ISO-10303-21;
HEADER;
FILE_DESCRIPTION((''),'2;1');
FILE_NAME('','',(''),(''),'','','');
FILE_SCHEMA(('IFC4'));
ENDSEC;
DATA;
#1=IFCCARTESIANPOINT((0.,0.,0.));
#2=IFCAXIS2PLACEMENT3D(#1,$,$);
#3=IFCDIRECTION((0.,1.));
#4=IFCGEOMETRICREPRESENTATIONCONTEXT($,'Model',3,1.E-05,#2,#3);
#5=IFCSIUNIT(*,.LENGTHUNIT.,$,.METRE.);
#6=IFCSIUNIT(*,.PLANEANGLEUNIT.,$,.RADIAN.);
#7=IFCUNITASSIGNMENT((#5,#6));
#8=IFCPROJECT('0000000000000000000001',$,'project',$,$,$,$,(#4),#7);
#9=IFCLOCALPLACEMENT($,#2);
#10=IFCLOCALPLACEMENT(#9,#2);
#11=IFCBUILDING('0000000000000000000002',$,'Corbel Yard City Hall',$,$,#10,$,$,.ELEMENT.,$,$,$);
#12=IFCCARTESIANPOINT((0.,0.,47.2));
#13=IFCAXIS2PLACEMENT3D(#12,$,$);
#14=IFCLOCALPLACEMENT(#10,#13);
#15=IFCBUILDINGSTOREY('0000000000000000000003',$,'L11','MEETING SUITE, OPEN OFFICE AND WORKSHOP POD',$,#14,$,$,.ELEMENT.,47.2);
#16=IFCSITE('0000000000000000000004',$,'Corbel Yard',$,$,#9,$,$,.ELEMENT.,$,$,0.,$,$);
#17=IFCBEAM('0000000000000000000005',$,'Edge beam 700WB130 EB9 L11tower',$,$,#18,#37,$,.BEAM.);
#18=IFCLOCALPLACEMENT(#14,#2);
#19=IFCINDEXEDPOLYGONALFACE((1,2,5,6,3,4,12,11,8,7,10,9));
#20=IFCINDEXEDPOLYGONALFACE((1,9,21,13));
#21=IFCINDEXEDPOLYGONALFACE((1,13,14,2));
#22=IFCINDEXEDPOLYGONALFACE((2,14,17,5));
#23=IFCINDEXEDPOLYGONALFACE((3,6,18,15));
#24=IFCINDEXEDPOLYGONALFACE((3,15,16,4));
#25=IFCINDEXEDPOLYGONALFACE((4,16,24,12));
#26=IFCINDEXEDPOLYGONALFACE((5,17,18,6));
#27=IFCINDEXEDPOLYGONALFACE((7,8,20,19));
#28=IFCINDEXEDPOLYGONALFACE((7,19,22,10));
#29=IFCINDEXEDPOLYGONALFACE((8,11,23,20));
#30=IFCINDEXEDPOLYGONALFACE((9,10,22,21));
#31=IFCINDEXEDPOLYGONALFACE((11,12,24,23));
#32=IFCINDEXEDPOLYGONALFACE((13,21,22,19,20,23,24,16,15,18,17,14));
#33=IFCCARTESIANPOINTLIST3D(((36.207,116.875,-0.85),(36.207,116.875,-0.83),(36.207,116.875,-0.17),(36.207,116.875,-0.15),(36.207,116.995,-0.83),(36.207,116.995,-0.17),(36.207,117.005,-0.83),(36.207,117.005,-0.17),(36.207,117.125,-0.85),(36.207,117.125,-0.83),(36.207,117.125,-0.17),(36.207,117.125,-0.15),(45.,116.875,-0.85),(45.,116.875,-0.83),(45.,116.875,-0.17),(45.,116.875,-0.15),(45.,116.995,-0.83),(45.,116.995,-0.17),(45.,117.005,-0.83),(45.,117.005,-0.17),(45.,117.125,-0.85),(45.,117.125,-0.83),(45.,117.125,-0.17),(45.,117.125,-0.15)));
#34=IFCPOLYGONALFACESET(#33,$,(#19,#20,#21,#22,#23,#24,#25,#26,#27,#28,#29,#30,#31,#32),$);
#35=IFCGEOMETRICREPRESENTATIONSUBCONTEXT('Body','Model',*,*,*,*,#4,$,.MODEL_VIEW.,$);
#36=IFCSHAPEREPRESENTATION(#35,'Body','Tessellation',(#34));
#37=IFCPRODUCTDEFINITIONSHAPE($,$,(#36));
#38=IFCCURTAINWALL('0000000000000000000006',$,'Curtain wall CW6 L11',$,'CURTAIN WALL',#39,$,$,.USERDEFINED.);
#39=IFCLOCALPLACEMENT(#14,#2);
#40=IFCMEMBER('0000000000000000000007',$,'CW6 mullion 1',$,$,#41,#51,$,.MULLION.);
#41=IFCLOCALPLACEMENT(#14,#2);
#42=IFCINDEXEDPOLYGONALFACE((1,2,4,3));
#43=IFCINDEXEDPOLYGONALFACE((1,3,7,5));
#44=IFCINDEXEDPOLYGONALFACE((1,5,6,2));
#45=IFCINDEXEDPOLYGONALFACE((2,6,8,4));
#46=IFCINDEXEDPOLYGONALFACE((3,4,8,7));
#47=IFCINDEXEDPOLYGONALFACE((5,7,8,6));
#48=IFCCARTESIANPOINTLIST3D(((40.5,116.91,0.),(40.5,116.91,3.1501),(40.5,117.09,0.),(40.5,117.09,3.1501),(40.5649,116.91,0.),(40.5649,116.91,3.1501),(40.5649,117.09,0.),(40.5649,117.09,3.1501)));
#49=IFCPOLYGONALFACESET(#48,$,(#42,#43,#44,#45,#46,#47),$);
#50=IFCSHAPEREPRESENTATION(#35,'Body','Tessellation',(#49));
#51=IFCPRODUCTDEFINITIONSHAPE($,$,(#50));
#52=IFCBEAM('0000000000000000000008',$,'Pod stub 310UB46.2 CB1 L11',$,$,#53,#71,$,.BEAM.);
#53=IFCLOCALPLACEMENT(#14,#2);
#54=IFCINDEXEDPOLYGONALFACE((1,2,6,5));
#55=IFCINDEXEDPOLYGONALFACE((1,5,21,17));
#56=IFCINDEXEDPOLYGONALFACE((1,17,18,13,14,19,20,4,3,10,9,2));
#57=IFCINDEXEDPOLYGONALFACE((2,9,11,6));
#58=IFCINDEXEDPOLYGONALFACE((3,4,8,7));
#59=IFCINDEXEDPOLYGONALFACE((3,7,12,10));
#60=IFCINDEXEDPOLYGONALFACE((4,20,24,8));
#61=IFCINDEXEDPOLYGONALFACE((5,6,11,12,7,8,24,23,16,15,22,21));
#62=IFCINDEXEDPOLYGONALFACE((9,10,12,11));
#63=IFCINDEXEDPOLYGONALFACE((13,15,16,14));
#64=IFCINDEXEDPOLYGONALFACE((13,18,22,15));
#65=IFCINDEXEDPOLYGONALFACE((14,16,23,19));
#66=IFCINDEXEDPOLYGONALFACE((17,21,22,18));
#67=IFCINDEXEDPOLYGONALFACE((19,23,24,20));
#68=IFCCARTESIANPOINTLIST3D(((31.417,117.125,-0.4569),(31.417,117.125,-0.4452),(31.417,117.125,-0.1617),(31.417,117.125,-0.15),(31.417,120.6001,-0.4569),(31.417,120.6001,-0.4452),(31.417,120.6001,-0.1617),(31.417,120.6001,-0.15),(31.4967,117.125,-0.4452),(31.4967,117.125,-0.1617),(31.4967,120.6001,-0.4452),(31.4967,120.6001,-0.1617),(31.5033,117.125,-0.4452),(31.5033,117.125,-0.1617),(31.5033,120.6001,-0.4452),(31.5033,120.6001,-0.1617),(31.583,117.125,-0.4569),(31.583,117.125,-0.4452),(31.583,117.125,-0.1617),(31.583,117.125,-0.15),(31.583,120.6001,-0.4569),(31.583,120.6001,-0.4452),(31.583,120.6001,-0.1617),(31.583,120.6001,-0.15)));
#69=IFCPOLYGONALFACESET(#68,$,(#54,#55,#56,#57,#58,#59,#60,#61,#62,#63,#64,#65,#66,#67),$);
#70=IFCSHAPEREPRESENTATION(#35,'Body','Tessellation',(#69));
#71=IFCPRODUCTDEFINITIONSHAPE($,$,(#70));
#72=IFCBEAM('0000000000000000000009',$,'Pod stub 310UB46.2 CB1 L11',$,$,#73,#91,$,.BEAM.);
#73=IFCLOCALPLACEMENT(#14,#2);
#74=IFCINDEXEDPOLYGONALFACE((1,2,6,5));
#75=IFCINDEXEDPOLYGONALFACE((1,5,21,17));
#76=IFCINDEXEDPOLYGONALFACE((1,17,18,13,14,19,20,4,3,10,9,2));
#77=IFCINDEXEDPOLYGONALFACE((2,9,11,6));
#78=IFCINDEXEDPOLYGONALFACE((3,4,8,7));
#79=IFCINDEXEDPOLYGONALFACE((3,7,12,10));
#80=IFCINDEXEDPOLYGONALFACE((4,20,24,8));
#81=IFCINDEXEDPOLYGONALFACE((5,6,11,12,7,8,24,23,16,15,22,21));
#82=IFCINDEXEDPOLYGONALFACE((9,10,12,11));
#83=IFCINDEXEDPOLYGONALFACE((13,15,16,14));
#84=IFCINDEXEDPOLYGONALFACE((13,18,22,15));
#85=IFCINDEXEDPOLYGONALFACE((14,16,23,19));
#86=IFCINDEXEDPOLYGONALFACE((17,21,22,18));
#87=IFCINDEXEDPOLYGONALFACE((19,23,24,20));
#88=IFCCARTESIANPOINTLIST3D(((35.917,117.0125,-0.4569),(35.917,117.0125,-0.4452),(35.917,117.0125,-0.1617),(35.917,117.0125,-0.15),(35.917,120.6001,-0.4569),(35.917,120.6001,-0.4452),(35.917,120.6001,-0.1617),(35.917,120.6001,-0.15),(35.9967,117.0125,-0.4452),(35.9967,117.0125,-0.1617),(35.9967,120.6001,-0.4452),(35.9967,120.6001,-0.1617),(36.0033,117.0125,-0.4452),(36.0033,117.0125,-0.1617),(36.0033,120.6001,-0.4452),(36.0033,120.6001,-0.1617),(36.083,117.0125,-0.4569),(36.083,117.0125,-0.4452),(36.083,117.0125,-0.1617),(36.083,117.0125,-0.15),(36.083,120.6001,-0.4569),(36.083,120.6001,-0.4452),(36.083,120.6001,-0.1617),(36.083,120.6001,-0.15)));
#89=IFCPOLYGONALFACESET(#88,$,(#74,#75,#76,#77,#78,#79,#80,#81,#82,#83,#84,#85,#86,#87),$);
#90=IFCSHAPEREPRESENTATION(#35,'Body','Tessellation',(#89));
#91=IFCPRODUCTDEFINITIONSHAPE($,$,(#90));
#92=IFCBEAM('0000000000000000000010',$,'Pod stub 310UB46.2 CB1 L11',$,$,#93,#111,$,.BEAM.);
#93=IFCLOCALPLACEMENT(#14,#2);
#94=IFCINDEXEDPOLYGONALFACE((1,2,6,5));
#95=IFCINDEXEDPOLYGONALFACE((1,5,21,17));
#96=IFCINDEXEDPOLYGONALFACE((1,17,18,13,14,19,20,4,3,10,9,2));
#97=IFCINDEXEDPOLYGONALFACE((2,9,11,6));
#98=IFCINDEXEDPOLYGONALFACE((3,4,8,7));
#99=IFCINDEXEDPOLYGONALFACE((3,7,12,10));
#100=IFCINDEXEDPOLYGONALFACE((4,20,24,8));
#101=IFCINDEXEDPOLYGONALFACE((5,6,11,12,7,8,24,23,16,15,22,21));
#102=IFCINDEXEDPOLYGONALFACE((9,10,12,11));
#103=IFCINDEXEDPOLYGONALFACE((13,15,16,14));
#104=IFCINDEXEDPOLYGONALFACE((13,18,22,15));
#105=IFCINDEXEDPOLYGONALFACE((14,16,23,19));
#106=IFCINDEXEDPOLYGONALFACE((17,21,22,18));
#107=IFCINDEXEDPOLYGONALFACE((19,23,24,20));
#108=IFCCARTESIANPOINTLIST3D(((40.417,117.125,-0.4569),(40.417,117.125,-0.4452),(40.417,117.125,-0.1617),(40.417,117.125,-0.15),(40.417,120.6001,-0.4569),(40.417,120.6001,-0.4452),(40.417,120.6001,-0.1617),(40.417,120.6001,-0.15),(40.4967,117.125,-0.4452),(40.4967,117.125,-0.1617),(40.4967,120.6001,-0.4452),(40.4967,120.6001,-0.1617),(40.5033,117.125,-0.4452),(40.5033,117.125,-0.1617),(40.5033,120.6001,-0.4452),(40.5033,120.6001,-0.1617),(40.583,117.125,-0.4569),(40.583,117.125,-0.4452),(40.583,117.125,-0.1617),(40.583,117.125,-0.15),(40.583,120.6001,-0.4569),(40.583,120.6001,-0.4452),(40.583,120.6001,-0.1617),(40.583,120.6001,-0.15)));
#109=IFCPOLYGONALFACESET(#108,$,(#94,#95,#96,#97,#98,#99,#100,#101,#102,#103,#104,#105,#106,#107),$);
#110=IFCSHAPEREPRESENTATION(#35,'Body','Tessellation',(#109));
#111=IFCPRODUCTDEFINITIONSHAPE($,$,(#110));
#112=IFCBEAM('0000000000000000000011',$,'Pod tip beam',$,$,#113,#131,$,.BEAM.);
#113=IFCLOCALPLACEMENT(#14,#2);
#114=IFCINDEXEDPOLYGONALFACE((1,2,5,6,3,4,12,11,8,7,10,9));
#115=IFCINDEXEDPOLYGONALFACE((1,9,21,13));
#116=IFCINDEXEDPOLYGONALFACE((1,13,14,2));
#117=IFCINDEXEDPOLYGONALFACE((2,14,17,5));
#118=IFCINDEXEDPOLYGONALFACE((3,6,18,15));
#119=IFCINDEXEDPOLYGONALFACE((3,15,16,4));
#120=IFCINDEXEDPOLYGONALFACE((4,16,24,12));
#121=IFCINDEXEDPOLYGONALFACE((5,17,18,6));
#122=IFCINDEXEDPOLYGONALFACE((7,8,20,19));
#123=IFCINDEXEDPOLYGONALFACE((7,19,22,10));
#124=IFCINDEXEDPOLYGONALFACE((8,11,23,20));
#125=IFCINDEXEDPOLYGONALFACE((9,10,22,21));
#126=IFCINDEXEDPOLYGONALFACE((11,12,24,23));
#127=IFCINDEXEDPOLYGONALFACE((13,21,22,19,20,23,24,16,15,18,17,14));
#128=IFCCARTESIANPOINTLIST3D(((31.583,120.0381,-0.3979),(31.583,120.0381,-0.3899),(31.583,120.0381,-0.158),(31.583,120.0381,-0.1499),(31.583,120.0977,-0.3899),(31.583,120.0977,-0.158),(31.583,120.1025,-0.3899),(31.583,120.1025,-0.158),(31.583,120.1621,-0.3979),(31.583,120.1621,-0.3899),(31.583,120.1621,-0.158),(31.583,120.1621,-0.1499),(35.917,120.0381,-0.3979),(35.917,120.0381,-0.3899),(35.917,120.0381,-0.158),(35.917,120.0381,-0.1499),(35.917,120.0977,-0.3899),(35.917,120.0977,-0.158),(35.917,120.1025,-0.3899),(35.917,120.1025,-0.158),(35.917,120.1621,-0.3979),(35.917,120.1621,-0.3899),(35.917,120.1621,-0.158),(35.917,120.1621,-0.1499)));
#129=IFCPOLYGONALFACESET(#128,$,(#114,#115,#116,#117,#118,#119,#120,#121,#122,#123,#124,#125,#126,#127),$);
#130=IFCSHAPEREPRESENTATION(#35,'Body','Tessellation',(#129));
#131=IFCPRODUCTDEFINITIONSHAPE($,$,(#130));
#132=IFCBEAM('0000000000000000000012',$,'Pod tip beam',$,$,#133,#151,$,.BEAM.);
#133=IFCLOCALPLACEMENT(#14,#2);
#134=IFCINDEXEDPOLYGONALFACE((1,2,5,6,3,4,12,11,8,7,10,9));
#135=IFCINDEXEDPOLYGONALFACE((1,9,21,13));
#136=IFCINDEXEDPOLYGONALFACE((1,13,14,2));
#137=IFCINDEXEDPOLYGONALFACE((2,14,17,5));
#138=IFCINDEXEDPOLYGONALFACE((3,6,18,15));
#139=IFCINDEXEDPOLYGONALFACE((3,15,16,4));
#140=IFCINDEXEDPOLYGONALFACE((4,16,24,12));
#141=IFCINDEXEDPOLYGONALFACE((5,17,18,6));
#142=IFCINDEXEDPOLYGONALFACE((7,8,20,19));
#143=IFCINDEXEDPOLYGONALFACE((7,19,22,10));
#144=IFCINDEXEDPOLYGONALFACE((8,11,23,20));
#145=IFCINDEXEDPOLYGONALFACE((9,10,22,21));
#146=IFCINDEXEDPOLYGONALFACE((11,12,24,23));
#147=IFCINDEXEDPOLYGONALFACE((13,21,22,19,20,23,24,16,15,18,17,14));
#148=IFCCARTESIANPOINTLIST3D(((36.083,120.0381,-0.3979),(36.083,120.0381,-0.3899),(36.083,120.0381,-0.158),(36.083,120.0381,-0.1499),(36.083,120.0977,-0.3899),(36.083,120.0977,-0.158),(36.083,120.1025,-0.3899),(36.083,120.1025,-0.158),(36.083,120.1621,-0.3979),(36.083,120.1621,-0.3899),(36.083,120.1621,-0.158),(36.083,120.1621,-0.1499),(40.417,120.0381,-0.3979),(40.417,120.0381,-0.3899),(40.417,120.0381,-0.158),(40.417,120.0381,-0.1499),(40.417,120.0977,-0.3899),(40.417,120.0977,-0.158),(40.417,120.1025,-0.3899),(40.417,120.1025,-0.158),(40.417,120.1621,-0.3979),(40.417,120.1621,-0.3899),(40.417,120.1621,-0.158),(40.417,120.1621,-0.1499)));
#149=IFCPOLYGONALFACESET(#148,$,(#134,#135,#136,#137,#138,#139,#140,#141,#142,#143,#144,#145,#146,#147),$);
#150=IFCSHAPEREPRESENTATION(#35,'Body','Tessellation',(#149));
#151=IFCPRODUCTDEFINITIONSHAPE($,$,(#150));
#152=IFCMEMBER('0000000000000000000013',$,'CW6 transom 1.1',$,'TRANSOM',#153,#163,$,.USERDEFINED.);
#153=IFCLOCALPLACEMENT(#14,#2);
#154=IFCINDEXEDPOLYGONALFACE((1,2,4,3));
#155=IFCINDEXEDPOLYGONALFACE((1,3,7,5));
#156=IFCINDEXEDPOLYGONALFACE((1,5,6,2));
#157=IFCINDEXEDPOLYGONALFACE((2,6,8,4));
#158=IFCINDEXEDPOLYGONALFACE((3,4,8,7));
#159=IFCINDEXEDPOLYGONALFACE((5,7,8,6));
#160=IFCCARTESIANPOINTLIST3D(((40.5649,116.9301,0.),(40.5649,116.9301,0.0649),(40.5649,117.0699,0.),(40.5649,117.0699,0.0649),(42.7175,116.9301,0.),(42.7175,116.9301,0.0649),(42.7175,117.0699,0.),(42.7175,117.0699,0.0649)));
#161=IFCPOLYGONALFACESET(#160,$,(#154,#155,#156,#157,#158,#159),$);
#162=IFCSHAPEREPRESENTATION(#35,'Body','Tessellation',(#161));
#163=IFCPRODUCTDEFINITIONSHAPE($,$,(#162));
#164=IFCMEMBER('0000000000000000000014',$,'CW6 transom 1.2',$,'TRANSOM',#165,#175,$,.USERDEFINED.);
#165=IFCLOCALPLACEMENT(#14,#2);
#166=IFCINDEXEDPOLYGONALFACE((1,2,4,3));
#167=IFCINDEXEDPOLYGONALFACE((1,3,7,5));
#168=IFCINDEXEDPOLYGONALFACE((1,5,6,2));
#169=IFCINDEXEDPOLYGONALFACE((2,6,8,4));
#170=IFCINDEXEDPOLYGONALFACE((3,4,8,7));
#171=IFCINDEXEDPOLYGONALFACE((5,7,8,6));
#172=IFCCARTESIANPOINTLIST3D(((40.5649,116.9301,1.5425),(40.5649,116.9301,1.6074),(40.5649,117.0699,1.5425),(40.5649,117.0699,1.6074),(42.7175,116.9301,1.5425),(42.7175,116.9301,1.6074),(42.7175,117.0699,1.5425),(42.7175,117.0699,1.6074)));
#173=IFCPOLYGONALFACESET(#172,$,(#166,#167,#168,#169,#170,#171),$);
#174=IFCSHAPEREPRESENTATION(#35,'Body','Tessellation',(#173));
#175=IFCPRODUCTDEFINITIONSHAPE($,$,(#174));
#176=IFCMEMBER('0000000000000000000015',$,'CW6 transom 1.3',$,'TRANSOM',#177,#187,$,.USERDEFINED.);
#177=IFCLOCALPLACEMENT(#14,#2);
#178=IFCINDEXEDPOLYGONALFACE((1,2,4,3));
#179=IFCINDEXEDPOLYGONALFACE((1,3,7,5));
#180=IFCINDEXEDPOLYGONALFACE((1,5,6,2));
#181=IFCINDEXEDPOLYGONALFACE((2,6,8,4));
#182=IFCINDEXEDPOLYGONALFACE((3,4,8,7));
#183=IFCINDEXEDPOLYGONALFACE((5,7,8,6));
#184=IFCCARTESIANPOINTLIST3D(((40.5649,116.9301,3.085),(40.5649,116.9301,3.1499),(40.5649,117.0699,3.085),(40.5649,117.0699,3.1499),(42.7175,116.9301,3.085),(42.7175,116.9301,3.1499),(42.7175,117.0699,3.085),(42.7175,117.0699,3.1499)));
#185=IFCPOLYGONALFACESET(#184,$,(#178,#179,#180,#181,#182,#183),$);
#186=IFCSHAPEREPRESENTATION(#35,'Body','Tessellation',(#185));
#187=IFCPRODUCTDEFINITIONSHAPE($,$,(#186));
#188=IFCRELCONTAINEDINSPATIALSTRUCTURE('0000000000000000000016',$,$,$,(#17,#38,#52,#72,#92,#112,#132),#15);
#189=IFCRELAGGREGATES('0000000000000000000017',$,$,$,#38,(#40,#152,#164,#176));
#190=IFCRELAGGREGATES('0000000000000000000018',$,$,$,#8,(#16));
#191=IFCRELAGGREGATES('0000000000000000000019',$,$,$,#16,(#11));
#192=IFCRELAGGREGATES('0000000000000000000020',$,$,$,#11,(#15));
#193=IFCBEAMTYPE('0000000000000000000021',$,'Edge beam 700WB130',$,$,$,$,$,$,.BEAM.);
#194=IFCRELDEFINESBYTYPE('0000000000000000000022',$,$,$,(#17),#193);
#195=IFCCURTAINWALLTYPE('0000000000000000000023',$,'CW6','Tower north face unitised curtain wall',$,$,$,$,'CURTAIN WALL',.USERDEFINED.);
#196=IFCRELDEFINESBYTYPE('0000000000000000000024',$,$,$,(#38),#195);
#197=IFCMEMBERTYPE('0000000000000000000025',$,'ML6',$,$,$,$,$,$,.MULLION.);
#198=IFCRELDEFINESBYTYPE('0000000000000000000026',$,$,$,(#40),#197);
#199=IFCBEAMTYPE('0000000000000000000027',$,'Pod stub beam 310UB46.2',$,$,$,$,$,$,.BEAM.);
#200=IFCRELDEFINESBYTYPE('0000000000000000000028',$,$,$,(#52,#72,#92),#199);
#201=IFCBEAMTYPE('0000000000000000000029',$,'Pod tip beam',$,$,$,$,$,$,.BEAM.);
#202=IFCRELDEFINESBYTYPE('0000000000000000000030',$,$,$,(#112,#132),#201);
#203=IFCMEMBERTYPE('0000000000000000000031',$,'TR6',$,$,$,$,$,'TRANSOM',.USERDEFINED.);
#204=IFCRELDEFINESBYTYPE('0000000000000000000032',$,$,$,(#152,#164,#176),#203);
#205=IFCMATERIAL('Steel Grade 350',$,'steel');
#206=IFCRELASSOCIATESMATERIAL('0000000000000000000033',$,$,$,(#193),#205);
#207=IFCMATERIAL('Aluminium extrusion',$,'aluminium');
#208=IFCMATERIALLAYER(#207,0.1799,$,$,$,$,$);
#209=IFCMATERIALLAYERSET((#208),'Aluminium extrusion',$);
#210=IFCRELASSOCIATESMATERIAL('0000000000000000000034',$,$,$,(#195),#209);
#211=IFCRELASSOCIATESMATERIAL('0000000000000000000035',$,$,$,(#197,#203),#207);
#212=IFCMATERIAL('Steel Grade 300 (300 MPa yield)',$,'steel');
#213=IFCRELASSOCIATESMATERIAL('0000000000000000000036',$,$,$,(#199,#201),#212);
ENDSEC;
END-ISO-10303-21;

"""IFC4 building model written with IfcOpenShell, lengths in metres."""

from ifc_helpers import new_model, si_unit, direction, frame, origin, origin_2d, place, context, subcontext, project, spatial, rectangle, i_section, extrude, material, layer, layer_set, material_profile, profile_set, type_object, element, aggregate, save


model = new_model("IFC4")

# Units and contexts
model_context = context("Model", 3, precision=1e-05, world=origin(), true_north=direction((0.0, 1.0)))
body_context = subcontext(model_context, "Body", "Model", "MODEL_VIEW")
ifc_project = project(units=[si_unit("LENGTHUNIT", "METRE"), si_unit("PLANEANGLEUNIT", "RADIAN")], contexts=[model_context])

# Site, building, storey
site_placement = place(None, origin())
site = spatial("IfcSite", under=ifc_project, at=site_placement, Name="Corbel Yard", CompositionType="ELEMENT", RefElevation=0.0)
building_placement = place(site_placement, origin())
building = spatial("IfcBuilding", under=site, at=building_placement, Name="Corbel Yard City Hall", CompositionType="ELEMENT")
storey_placement = place(building_placement, frame((0.0, 0.0, 47.2)))
storey = spatial("IfcBuildingStorey", under=building, at=storey_placement, Name="L11", Description="MEETING SUITE, OPEN OFFICE AND WORKSHOP POD", CompositionType="ELEMENT", Elevation=47.2)

# Beam
ifc_material_1 = material(Name="Steel Grade 350", Category="steel")
ifc_material_profile_1 = material_profile(ifc_material_1, i_section(OverallWidth=0.25, OverallDepth=0.7, WebThickness=0.01, FlangeThickness=0.02, at=origin_2d()), Name="700WB130")
ifc_profile_set_1 = profile_set([ifc_material_profile_1], Name="Steel Grade 350")
beam_type_1 = type_object("IfcBeamType", Name="Edge beam 700WB130", PredefinedType="BEAM", material=ifc_profile_set_1)
beam_1_placement = place(storey_placement, frame((36.207, 117.0, -0.5), z_axis=(1.0, 0.0, 0.0), x_axis=(0.0, 1.0, 0.0)))
element("IfcBeam", 1, at=beam_1_placement, inside=storey, type_object=beam_type_1, Name="Edge beam 700WB130 EB9 L11tower", PredefinedType="BEAM", context=body_context, shape_type="SweptSolid", body=[
    extrude(i_section(OverallWidth=0.25, OverallDepth=0.7, WebThickness=0.01, FlangeThickness=0.02, at=origin_2d()), origin(), (0.0, 0.0, 1.0), 8.793),
])

# Curtain wall, member
ifc_material_2 = material(Name="Aluminium extrusion", Category="aluminium")
ifc_layer_1 = layer(ifc_material_2, 0.1799)
ifc_layer_set_1 = layer_set([ifc_layer_1], Name="Aluminium extrusion")
curtain_wall_type = type_object("IfcCurtainWallType", Name="CW6", Description="Tower north face unitised curtain wall", ElementType="CURTAIN WALL", PredefinedType="USERDEFINED", material=ifc_layer_set_1)
curtain_wall_placement = place(storey_placement, origin())
curtain_wall = element("IfcCurtainWall", 2, at=curtain_wall_placement, inside=storey, type_object=curtain_wall_type, Name="Curtain wall CW6 L11", ObjectType="CURTAIN WALL", PredefinedType="USERDEFINED")
ifc_material_profile_2 = material_profile(ifc_material_2, rectangle(XDim=0.1799, YDim=0.0649, at=origin_2d()), Name="180x65")
ifc_profile_set_2 = profile_set([ifc_material_profile_2], Name="Aluminium extrusion")
member_type_1 = type_object("IfcMemberType", Name="ML6", PredefinedType="MULLION", material=ifc_profile_set_2)
member_1_placement = place(storey_placement, frame((40.5325, 117.0, 0.0), z_axis=(0.0, 0.0, 1.0), x_axis=(0.0, 1.0, 0.0)))
member_1 = element("IfcMember", 3, at=member_1_placement, type_object=member_type_1, Name="CW6 mullion 1", PredefinedType="MULLION", context=body_context, shape_type="SweptSolid", body=[
    extrude(rectangle(XDim=0.1799, YDim=0.0649, at=origin_2d()), origin(), (0.0, 0.0, 1.0), 3.1501),
])

# Beams
ifc_material_3 = material(Name="Steel Grade 300 (300 MPa yield)", Category="steel")
ifc_material_profile_3 = material_profile(ifc_material_3, i_section(OverallWidth=0.166, OverallDepth=0.3069, WebThickness=0.0066, FlangeThickness=0.0117, at=origin_2d()), Name="310UB46.2")
ifc_profile_set_3 = profile_set([ifc_material_profile_3], Name="Steel Grade 300 (300 MPa yield)")
beam_type_2 = type_object("IfcBeamType", Name="Pod stub beam 310UB46.2", PredefinedType="BEAM", material=ifc_profile_set_3)
beam_2_placement = place(storey_placement, frame((31.5, 117.125, -0.3035), z_axis=(0.0, 1.0, 0.0), x_axis=(-1.0, 0.0, 0.0)))
element("IfcBeam", 4, at=beam_2_placement, inside=storey, type_object=beam_type_2, Name="Pod stub 310UB46.2 CB1 L11", PredefinedType="BEAM", context=body_context, shape_type="SweptSolid", body=[
    extrude(i_section(OverallWidth=0.166, OverallDepth=0.3069, WebThickness=0.0066, FlangeThickness=0.0117, at=origin_2d()), origin(), (0.0, 0.0, 1.0), 3.4751),
])
beam_3_placement = place(storey_placement, frame((36.0, 117.0125, -0.3035), z_axis=(0.0, 1.0, 0.0), x_axis=(-1.0, 0.0, 0.0)))
element("IfcBeam", 5, at=beam_3_placement, inside=storey, type_object=beam_type_2, Name="Pod stub 310UB46.2 CB1 L11", PredefinedType="BEAM", context=body_context, shape_type="SweptSolid", body=[
    extrude(i_section(OverallWidth=0.166, OverallDepth=0.3069, WebThickness=0.0066, FlangeThickness=0.0117, at=origin_2d()), origin(), (0.0, 0.0, 1.0), 3.5876),
])
beam_4_placement = place(storey_placement, frame((40.5, 117.125, -0.3035), z_axis=(0.0, 1.0, 0.0), x_axis=(-1.0, 0.0, 0.0)))
element("IfcBeam", 6, at=beam_4_placement, inside=storey, type_object=beam_type_2, Name="Pod stub 310UB46.2 CB1 L11", PredefinedType="BEAM", context=body_context, shape_type="SweptSolid", body=[
    extrude(i_section(OverallWidth=0.166, OverallDepth=0.3069, WebThickness=0.0066, FlangeThickness=0.0117, at=origin_2d()), origin(), (0.0, 0.0, 1.0), 3.4751),
])
ifc_material_profile_4 = material_profile(ifc_material_3, i_section(OverallWidth=0.124, OverallDepth=0.248, WebThickness=0.0049, FlangeThickness=0.0081, at=origin_2d()), Name="250UB25.7")
ifc_profile_set_4 = profile_set([ifc_material_profile_4], Name="Steel Grade 300 (300 MPa yield)")
beam_type_3 = type_object("IfcBeamType", Name="Pod tip beam", PredefinedType="BEAM", material=ifc_profile_set_4)
for number, where, z_axis, x_axis, name in (
    (7, (31.583, 120.1001, -0.2739), (1.0, 0.0, 0.0), (0.0, 1.0, 0.0), "Pod tip beam"),
    (8, (36.083, 120.1001, -0.2739), (1.0, 0.0, 0.0), (0.0, 1.0, 0.0), "Pod tip beam"),
):
    element("IfcBeam", number, at=place(storey_placement, frame(where, z_axis=z_axis, x_axis=x_axis)), inside=storey, type_object=beam_type_3, Name=name, PredefinedType="BEAM", context=body_context, shape_type="SweptSolid", body=[
        extrude(i_section(OverallWidth=0.124, OverallDepth=0.248, WebThickness=0.0049, FlangeThickness=0.0081, at=origin_2d()), origin(), (0.0, 0.0, 1.0), 4.334),
    ])

# Members
ifc_material_profile_5 = material_profile(ifc_material_2, rectangle(XDim=0.1399, YDim=0.0649, at=origin_2d()), Name="140x65")
ifc_profile_set_5 = profile_set([ifc_material_profile_5], Name="Aluminium extrusion")
member_type_2 = type_object("IfcMemberType", Name="TR6", ElementType="TRANSOM", PredefinedType="USERDEFINED", material=ifc_profile_set_5)
member_2_placement = place(storey_placement, frame((40.5649, 117.0, 0.0325), z_axis=(1.0, 0.0, 0.0), x_axis=(0.0, 1.0, 0.0)))
member_2 = element("IfcMember", 9, at=member_2_placement, type_object=member_type_2, Name="CW6 transom 1.1", ObjectType="TRANSOM", PredefinedType="USERDEFINED", context=body_context, shape_type="SweptSolid", body=[
    extrude(rectangle(XDim=0.1399, YDim=0.0649, at=origin_2d()), origin(), (0.0, 0.0, 1.0), 2.1526),
])
member_3_placement = place(storey_placement, frame((40.5649, 117.0, 1.575), z_axis=(1.0, 0.0, 0.0), x_axis=(0.0, 1.0, 0.0)))
member_3 = element("IfcMember", 10, at=member_3_placement, type_object=member_type_2, Name="CW6 transom 1.2", ObjectType="TRANSOM", PredefinedType="USERDEFINED", context=body_context, shape_type="SweptSolid", body=[
    extrude(rectangle(XDim=0.1399, YDim=0.0649, at=origin_2d()), origin(), (0.0, 0.0, 1.0), 2.1526),
])
member_4_placement = place(storey_placement, frame((40.5649, 117.0, 3.1174), z_axis=(1.0, 0.0, 0.0), x_axis=(0.0, 1.0, 0.0)))
member_4 = element("IfcMember", 11, at=member_4_placement, type_object=member_type_2, Name="CW6 transom 1.3", ObjectType="TRANSOM", PredefinedType="USERDEFINED", context=body_context, shape_type="SweptSolid", body=[
    extrude(rectangle(XDim=0.1399, YDim=0.0649, at=origin_2d()), origin(), (0.0, 0.0, 1.0), 2.1526),
])

aggregate(curtain_wall, [member_1, member_2, member_3, member_4])

save(model, "model.ifc")
